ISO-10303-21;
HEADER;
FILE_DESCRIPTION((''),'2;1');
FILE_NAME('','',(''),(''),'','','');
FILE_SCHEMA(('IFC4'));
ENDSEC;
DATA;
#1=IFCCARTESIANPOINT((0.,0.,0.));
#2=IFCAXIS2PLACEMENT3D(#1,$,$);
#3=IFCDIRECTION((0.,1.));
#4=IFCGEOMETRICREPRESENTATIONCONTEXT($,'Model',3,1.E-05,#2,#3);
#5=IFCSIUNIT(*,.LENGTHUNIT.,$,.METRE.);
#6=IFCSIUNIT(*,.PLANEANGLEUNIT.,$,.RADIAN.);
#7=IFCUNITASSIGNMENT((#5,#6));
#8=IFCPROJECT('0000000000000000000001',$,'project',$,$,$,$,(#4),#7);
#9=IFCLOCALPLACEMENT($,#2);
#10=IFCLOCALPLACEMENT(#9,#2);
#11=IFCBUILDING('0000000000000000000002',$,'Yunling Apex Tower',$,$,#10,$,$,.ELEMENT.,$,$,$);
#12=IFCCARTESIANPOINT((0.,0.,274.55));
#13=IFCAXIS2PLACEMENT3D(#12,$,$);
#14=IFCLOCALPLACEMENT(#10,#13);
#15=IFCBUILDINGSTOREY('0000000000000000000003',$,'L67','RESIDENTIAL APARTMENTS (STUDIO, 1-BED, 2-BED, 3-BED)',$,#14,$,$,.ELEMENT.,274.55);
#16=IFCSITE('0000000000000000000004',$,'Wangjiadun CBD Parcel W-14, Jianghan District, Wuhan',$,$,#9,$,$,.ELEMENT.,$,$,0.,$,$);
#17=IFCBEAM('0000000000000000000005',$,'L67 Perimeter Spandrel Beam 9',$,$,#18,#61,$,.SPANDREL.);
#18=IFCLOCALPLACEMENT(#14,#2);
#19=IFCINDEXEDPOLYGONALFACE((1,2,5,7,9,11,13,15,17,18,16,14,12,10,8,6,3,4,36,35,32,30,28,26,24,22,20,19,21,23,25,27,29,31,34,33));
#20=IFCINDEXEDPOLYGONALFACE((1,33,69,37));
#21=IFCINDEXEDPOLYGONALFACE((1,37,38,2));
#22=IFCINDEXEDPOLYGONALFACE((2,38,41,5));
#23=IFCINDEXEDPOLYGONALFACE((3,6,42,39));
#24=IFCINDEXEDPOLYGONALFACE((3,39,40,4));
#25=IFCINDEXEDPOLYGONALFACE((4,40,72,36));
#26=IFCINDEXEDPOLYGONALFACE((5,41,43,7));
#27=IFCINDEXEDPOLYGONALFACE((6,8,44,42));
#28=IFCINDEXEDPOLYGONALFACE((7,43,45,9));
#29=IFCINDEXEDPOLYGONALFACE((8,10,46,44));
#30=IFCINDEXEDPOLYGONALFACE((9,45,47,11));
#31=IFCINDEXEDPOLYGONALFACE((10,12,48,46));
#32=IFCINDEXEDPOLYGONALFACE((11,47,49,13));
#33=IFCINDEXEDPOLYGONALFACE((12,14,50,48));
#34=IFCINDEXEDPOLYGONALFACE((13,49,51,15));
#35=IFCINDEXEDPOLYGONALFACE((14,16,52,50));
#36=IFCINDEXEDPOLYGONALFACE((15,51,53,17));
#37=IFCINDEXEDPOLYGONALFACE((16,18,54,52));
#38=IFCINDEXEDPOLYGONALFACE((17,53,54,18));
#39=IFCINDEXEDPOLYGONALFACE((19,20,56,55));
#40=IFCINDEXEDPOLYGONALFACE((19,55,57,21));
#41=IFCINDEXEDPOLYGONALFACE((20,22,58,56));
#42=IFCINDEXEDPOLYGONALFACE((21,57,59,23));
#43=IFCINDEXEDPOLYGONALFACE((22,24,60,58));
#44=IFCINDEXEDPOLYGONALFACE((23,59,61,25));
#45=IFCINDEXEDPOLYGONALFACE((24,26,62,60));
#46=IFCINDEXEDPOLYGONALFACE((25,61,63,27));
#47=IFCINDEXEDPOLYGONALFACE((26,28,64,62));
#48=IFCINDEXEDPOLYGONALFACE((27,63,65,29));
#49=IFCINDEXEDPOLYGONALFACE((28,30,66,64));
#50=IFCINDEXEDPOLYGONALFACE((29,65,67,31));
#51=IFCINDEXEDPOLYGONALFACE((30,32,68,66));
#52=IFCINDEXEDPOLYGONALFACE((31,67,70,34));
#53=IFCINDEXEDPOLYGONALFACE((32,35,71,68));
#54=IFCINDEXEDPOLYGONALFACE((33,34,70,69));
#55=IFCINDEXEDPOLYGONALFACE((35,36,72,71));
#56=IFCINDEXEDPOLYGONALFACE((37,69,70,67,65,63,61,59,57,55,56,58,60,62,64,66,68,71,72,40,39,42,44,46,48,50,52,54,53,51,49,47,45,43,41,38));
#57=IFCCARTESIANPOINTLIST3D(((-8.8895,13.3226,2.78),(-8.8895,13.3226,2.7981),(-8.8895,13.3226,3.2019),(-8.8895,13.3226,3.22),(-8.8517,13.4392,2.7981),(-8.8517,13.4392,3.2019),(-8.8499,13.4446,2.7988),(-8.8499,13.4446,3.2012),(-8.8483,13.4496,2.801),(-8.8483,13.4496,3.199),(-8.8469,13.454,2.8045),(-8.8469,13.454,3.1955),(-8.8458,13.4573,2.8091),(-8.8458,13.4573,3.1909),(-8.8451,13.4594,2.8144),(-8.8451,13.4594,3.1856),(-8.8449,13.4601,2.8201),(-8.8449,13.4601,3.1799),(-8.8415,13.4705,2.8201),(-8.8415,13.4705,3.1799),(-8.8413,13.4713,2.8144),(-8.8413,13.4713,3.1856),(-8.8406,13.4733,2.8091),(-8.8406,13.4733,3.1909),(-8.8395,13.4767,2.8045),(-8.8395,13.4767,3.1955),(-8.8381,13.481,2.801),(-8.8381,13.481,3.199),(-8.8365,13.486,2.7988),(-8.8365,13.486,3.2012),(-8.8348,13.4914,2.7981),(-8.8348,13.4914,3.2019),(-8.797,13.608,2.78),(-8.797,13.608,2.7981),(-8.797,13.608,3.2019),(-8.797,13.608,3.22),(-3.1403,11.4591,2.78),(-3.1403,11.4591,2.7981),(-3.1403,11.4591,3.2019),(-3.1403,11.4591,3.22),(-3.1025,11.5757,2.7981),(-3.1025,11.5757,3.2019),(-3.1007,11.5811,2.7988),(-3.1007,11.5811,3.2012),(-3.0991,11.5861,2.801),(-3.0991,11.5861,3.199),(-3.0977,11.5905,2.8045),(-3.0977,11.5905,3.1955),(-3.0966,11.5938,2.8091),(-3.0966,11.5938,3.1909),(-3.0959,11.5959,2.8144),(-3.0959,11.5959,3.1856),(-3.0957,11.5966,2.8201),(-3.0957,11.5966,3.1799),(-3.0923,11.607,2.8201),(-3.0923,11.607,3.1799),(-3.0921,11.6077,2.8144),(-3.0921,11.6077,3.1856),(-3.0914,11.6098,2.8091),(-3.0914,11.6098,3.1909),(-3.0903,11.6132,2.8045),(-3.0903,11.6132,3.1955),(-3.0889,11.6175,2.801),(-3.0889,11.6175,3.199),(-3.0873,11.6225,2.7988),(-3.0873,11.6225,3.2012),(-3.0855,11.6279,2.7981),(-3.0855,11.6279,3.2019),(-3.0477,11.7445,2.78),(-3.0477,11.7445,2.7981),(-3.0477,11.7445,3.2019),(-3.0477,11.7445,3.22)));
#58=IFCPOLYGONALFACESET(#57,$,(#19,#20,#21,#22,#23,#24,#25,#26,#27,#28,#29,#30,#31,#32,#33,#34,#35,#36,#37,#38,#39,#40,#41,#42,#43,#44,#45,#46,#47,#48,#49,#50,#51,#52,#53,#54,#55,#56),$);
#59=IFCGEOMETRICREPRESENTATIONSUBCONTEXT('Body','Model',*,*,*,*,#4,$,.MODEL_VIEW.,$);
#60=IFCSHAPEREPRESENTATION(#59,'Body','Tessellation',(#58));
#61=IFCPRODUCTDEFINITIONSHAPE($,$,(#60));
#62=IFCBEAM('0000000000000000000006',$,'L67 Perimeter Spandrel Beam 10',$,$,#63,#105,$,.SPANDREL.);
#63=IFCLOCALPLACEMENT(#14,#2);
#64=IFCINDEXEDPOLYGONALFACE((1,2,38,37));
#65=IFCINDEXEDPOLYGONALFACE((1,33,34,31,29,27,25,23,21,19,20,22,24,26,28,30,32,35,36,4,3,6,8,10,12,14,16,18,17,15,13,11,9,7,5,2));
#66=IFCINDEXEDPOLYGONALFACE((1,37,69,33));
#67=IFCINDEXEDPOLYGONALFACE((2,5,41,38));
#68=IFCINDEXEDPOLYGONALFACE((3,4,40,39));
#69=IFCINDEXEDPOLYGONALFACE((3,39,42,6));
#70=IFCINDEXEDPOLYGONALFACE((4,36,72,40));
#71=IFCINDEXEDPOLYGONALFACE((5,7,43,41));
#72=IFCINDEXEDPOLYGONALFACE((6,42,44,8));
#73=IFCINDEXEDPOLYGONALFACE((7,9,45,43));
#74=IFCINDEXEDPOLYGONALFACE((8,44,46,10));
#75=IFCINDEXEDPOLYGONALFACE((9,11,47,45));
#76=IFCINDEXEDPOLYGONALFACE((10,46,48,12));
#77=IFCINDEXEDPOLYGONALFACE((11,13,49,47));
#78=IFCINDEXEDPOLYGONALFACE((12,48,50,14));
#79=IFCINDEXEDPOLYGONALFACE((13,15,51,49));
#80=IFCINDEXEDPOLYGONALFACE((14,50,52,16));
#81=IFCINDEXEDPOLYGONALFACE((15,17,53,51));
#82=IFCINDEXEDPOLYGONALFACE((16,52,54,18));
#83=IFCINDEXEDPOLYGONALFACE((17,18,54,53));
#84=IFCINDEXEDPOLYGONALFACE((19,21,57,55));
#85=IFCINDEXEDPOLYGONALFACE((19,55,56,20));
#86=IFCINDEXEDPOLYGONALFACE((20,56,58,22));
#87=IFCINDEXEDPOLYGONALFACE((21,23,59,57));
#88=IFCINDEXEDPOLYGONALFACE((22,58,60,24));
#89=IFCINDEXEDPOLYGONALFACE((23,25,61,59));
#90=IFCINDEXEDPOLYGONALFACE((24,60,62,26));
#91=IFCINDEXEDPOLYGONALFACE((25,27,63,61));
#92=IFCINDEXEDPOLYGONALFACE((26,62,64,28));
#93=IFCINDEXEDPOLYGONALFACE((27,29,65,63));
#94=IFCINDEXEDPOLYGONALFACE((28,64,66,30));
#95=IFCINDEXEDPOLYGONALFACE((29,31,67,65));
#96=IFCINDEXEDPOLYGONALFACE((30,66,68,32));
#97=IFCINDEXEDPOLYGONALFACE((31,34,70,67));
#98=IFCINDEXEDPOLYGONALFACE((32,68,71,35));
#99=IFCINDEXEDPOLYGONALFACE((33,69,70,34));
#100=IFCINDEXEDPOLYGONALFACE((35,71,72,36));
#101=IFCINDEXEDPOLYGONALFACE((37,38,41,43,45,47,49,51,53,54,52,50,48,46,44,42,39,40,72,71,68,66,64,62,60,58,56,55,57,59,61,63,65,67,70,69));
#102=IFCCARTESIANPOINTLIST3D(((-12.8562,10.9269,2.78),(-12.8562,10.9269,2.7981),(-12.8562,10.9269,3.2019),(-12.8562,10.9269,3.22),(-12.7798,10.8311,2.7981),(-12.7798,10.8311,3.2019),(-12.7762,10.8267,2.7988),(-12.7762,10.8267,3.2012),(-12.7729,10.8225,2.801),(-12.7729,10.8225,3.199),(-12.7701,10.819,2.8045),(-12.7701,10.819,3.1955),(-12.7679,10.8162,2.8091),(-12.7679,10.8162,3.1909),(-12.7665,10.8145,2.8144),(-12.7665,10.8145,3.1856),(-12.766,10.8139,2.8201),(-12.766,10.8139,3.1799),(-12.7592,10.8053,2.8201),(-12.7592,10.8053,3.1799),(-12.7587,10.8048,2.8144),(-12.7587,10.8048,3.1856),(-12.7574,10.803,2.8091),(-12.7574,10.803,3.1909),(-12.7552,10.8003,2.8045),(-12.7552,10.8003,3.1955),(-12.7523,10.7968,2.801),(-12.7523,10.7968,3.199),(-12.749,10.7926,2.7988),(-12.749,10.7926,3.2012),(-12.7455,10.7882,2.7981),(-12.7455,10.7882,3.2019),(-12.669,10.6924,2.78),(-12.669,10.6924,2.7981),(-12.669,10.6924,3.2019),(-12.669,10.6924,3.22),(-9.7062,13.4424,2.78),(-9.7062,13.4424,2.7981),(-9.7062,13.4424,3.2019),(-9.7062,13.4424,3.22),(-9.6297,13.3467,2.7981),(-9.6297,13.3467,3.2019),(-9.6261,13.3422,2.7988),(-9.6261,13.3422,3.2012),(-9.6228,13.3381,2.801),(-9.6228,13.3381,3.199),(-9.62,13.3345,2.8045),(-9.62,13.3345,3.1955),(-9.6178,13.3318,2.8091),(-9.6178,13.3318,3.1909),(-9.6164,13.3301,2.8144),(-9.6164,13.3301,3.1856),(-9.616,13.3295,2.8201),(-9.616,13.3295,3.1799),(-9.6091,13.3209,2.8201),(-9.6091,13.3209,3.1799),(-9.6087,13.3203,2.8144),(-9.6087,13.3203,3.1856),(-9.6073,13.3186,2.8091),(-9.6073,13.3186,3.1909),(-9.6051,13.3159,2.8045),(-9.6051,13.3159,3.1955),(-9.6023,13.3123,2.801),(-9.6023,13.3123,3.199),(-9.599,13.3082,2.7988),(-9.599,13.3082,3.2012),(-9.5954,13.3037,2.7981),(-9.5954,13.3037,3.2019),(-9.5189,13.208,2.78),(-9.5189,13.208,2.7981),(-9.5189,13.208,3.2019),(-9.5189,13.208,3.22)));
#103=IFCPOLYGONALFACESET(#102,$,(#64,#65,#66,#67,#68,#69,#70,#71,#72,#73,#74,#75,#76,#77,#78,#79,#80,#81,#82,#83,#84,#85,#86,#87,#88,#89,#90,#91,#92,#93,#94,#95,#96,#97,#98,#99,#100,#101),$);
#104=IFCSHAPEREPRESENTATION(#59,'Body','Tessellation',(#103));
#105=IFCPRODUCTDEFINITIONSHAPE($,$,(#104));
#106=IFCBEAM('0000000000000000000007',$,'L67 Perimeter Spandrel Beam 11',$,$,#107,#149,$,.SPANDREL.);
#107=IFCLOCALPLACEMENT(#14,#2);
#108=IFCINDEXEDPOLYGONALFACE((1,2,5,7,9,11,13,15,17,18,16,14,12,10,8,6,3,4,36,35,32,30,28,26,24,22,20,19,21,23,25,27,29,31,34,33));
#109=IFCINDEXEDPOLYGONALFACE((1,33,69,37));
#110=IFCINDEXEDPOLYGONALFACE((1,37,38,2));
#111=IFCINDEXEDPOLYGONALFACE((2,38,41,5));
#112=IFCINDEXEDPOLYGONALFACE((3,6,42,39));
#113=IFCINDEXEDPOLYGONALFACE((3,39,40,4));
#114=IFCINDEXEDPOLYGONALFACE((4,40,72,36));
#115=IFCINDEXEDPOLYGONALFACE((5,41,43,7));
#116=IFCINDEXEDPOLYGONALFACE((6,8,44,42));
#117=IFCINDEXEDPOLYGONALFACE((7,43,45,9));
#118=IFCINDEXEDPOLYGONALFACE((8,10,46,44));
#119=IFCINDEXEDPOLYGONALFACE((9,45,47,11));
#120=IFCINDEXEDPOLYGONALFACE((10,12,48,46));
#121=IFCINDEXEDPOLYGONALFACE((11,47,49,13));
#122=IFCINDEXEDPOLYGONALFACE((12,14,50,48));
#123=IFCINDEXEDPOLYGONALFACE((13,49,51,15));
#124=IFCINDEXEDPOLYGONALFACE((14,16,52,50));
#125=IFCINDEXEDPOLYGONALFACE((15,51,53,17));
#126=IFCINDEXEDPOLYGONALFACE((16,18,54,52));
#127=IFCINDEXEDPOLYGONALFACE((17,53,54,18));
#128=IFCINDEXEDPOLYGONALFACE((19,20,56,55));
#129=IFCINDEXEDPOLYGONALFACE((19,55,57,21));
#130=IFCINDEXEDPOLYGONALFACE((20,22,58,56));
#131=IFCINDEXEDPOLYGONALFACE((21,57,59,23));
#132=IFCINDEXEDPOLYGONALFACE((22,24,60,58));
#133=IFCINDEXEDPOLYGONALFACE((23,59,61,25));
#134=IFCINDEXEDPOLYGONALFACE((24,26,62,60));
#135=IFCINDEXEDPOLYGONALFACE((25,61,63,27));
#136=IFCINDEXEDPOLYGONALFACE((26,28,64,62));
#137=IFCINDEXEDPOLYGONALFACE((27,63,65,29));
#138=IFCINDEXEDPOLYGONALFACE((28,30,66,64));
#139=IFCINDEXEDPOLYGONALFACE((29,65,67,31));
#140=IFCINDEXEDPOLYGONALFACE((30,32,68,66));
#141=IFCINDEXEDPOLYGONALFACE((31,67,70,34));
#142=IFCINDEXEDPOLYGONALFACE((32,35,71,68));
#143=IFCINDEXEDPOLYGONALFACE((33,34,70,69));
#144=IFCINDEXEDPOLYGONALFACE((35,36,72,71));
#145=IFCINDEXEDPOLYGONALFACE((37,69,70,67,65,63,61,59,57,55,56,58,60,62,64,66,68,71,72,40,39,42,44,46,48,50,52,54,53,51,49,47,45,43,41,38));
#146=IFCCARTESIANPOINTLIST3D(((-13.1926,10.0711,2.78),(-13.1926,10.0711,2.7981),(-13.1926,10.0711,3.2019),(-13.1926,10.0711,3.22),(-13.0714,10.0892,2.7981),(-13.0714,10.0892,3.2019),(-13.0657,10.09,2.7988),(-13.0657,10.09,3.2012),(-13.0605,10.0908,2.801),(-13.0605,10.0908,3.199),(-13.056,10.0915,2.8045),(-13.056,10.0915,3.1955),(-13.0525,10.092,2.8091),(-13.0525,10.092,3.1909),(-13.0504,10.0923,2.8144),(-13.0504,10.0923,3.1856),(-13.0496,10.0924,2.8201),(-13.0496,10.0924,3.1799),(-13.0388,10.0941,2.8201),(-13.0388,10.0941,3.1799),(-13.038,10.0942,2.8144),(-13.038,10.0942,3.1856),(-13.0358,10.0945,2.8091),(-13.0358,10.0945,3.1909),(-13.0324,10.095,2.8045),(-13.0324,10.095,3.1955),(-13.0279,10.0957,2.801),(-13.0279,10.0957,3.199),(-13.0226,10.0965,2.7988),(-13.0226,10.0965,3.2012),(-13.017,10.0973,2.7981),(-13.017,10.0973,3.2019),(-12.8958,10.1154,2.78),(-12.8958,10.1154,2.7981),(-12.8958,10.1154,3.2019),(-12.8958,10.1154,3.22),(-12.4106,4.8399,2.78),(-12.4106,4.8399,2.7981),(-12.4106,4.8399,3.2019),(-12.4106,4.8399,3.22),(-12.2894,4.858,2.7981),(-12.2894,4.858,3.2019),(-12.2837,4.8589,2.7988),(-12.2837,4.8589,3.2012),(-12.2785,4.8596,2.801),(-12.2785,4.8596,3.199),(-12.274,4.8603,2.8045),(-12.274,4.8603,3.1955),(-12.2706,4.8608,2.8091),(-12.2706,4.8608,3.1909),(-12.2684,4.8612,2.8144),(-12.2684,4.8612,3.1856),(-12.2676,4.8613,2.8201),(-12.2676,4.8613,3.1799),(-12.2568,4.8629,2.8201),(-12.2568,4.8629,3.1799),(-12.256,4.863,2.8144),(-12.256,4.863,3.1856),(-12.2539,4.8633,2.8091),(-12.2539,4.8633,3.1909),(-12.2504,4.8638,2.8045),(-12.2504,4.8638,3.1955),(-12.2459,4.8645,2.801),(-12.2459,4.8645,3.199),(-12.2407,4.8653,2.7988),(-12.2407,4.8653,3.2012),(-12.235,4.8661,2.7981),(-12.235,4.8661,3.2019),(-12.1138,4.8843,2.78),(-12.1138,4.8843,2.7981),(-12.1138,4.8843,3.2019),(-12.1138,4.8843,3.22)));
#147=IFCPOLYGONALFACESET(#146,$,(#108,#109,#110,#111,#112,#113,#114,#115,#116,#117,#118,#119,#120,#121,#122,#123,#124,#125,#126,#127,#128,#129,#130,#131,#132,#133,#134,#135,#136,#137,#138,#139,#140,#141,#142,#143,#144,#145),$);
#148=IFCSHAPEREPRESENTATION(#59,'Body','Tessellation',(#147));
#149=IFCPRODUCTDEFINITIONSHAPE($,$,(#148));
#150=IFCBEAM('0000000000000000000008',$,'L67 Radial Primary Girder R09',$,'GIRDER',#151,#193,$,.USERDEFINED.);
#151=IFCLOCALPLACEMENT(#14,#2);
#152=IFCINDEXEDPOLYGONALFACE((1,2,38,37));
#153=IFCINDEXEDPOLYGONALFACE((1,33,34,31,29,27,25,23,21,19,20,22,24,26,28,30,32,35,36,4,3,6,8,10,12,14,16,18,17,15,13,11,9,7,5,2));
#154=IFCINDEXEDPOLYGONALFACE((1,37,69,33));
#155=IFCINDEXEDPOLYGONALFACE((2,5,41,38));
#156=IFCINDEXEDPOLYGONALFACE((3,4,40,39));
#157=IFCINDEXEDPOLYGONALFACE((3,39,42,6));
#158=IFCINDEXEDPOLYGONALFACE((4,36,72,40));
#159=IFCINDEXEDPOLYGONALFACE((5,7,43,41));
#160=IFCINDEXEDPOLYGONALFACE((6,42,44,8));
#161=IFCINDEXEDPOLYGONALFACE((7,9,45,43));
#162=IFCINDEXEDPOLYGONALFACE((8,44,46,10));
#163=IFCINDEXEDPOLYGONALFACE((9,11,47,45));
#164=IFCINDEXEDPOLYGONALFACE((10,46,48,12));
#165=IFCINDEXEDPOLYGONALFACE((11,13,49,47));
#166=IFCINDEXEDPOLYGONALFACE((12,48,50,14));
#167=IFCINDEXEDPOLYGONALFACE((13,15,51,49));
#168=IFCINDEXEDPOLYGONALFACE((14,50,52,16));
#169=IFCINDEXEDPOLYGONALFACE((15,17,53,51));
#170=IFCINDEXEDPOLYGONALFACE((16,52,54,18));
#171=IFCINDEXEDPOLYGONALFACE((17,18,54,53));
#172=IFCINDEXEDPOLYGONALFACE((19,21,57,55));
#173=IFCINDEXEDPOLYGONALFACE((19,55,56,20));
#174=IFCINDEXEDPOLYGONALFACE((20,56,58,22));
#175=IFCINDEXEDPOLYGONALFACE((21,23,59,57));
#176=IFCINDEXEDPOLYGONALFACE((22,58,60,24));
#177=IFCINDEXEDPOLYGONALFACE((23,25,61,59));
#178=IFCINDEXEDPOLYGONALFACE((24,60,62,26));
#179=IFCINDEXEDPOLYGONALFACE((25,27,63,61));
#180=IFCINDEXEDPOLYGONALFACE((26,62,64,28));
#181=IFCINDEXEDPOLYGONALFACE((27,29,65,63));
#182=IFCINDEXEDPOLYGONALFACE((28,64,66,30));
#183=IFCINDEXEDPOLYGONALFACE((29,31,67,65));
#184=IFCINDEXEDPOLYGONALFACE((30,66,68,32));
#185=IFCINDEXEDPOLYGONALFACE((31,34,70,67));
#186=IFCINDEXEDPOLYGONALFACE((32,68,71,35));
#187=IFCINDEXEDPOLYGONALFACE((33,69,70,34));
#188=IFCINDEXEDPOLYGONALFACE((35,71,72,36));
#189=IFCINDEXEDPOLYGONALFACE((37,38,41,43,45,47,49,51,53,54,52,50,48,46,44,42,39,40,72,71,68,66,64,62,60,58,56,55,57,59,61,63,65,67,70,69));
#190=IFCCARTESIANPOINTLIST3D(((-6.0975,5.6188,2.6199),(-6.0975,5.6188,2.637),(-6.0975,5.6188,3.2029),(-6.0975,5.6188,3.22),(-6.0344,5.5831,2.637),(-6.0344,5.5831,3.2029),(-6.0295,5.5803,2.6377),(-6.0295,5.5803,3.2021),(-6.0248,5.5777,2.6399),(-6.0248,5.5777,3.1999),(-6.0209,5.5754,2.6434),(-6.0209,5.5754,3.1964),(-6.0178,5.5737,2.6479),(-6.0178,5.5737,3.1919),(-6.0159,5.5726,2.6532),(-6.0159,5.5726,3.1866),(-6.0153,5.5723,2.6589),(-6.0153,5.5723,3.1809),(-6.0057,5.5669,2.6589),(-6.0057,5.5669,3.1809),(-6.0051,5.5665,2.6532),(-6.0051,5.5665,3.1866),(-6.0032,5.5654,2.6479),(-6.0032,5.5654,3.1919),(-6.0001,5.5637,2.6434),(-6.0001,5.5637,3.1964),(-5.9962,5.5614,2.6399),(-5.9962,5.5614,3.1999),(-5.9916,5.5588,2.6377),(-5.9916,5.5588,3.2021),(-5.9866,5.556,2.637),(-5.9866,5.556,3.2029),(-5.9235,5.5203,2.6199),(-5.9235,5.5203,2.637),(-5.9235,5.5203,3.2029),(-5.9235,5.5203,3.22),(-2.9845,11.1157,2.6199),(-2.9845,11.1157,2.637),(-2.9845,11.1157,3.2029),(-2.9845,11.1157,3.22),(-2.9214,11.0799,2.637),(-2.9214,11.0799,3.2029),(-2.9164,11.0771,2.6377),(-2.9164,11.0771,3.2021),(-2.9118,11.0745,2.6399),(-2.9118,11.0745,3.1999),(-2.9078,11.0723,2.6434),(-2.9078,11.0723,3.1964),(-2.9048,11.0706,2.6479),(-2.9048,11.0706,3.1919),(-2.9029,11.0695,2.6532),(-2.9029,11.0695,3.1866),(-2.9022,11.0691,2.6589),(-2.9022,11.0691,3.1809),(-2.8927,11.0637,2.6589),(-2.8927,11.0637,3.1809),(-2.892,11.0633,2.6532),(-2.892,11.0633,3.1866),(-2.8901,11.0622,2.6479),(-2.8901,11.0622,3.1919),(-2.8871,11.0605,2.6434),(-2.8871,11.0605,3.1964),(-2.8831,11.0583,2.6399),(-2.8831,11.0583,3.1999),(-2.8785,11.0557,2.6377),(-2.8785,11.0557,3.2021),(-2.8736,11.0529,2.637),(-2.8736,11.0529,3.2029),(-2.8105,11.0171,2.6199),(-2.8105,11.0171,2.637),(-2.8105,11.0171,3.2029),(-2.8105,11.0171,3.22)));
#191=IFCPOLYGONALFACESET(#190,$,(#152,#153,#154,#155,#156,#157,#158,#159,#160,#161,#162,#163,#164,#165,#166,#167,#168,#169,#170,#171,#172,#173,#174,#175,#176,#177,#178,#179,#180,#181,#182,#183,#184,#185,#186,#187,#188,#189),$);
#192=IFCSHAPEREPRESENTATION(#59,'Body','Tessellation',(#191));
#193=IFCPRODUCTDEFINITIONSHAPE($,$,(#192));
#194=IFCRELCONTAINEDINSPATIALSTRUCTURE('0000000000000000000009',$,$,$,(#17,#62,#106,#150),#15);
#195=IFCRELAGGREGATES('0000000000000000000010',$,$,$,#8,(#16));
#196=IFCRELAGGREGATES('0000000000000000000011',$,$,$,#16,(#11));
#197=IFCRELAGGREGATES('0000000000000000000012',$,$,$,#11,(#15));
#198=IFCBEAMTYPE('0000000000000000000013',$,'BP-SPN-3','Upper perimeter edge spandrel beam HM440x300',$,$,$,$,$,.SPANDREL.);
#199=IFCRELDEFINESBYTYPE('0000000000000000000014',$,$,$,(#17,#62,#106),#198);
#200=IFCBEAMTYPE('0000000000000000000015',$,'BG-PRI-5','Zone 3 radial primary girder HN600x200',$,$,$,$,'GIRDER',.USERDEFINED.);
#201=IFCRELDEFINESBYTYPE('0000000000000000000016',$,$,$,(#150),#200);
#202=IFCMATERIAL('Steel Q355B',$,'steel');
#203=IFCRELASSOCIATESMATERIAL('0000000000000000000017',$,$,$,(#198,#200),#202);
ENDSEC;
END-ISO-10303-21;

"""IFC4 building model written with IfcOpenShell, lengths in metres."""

from ifc_helpers import new_model, si_unit, direction, frame, origin, origin_2d, place, context, subcontext, project, spatial, i_section, extrude, source, transform, mapped, material, material_profile, profile_set, type_object, element, save


model = new_model("IFC4")

# Units and contexts
model_context = context("Model", 3, precision=1e-05, world=origin(), true_north=direction((0.0, 1.0)))
body_context = subcontext(model_context, "Body", "Model", "MODEL_VIEW")
ifc_project = project(units=[si_unit("LENGTHUNIT", "METRE"), si_unit("PLANEANGLEUNIT", "RADIAN")], contexts=[model_context])

# Site, building, storey
site_placement = place(None, origin())
site = spatial("IfcSite", under=ifc_project, at=site_placement, Name="Wangjiadun CBD Parcel W-14, Jianghan District, Wuhan", CompositionType="ELEMENT", RefElevation=0.0)
building_placement = place(site_placement, origin())
building = spatial("IfcBuilding", under=site, at=building_placement, Name="Yunling Apex Tower", CompositionType="ELEMENT")
storey_placement = place(building_placement, frame((0.0, 0.0, 274.55)))
storey = spatial("IfcBuildingStorey", under=building, at=storey_placement, Name="L67", Description="RESIDENTIAL APARTMENTS (STUDIO, 1-BED, 2-BED, 3-BED)", CompositionType="ELEMENT", Elevation=274.55)

# Shared definitions
ifc_material_1 = material(Name="Steel Q355B", Category="steel")

# Beams
ifc_material_profile_1 = material_profile(ifc_material_1, i_section(OverallWidth=0.3, OverallDepth=0.4399, WebThickness=0.011, FlangeThickness=0.0181, FilletRadius=0.022, at=origin_2d()))
ifc_profile_set_1 = profile_set([ifc_material_profile_1], Name="Steel Q355B")
beam_type_1 = type_object("IfcBeamType", Name="BP-SPN-3", Description="Upper perimeter edge spandrel beam HM440x300", PredefinedType="SPANDREL", material=ifc_profile_set_1)
shared_shape_1 = source(origin(), body_context, "Body", "SweptSolid", [
    extrude(i_section(OverallWidth=0.3, OverallDepth=0.4399, WebThickness=0.011, FlangeThickness=0.0181, FilletRadius=0.022, at=origin_2d()), origin(), (0.0, 0.0, 1.0), 6.0437),
])
beam_1_placement = place(storey_placement, frame((-3.094, 11.6018, 3.0), z_axis=(-0.951276, 0.30834, 0.0), x_axis=(-0.30834, -0.951276, 0.0)))
element("IfcBeam", 1, at=beam_1_placement, inside=storey, type_object=beam_type_1, Name="L67 Perimeter Spandrel Beam 9", PredefinedType="SPANDREL", context=body_context, shape_type="MappedRepresentation", body=[
    mapped(shared_shape_1, transform((0.0, 0.0, 0.0), scale=1.0)),
])
shared_shape_2 = source(origin(), body_context, "Body", "SweptSolid", [
    extrude(i_section(OverallWidth=0.3, OverallDepth=0.4399, WebThickness=0.011, FlangeThickness=0.0181, FilletRadius=0.022, at=origin_2d()), origin(), (0.0, 0.0, 1.0), 4.0312),
])
beam_2_placement = place(storey_placement, frame((-9.6125, 13.3252, 3.0), z_axis=(-0.781412, -0.624015, 0.0), x_axis=(0.624015, -0.781412, 0.0)))
element("IfcBeam", 2, at=beam_2_placement, inside=storey, type_object=beam_type_1, Name="L67 Perimeter Spandrel Beam 10", PredefinedType="SPANDREL", context=body_context, shape_type="MappedRepresentation", body=[
    mapped(shared_shape_2, transform((0.0, 0.0, 0.0), scale=1.0)),
])
shared_shape_3 = source(origin(), body_context, "Body", "SweptSolid", [
    extrude(i_section(OverallWidth=0.3, OverallDepth=0.4399, WebThickness=0.011, FlangeThickness=0.0181, FilletRadius=0.022, at=origin_2d()), origin(), (0.0, 0.0, 1.0), 5.2893),
])
beam_3_placement = place(storey_placement, frame((-13.0442, 10.0933, 3.0), z_axis=(0.147842, -0.989011, 0.0), x_axis=(0.989011, 0.147842, 0.0)))
element("IfcBeam", 3, at=beam_3_placement, inside=storey, type_object=beam_type_1, Name="L67 Perimeter Spandrel Beam 11", PredefinedType="SPANDREL", context=body_context, shape_type="MappedRepresentation", body=[
    mapped(shared_shape_3, transform((0.0, 0.0, 0.0), scale=1.0)),
])
ifc_material_profile_2 = material_profile(ifc_material_1, i_section(OverallWidth=0.2, OverallDepth=0.6001, WebThickness=0.011, FlangeThickness=0.0171, FilletRadius=0.022, at=origin_2d()))
ifc_profile_set_2 = profile_set([ifc_material_profile_2], Name="Steel Q355B")
beam_type_2 = type_object("IfcBeamType", Name="BG-PRI-5", Description="Zone 3 radial primary girder HN600x200", ElementType="GIRDER", PredefinedType="USERDEFINED", material=ifc_profile_set_2)
shared_shape_4 = source(origin(), body_context, "Body", "SweptSolid", [
    extrude(i_section(OverallWidth=0.2, OverallDepth=0.6001, WebThickness=0.011, FlangeThickness=0.0171, FilletRadius=0.022, at=origin_2d()), origin(), (0.0, 0.0, 1.0), 6.3171),
])
beam_4_placement = place(storey_placement, frame((-2.8975, 11.0664, 2.9199), z_axis=(-0.492793, -0.870146, 0.0), x_axis=(0.870146, -0.492793, 0.0)))
element("IfcBeam", 4, at=beam_4_placement, inside=storey, type_object=beam_type_2, Name="L67 Radial Primary Girder R09", ObjectType="GIRDER", PredefinedType="USERDEFINED", context=body_context, shape_type="MappedRepresentation", body=[
    mapped(shared_shape_4, transform((0.0, 0.0, 0.0), scale=1.0)),
])

save(model, "model.ifc")
